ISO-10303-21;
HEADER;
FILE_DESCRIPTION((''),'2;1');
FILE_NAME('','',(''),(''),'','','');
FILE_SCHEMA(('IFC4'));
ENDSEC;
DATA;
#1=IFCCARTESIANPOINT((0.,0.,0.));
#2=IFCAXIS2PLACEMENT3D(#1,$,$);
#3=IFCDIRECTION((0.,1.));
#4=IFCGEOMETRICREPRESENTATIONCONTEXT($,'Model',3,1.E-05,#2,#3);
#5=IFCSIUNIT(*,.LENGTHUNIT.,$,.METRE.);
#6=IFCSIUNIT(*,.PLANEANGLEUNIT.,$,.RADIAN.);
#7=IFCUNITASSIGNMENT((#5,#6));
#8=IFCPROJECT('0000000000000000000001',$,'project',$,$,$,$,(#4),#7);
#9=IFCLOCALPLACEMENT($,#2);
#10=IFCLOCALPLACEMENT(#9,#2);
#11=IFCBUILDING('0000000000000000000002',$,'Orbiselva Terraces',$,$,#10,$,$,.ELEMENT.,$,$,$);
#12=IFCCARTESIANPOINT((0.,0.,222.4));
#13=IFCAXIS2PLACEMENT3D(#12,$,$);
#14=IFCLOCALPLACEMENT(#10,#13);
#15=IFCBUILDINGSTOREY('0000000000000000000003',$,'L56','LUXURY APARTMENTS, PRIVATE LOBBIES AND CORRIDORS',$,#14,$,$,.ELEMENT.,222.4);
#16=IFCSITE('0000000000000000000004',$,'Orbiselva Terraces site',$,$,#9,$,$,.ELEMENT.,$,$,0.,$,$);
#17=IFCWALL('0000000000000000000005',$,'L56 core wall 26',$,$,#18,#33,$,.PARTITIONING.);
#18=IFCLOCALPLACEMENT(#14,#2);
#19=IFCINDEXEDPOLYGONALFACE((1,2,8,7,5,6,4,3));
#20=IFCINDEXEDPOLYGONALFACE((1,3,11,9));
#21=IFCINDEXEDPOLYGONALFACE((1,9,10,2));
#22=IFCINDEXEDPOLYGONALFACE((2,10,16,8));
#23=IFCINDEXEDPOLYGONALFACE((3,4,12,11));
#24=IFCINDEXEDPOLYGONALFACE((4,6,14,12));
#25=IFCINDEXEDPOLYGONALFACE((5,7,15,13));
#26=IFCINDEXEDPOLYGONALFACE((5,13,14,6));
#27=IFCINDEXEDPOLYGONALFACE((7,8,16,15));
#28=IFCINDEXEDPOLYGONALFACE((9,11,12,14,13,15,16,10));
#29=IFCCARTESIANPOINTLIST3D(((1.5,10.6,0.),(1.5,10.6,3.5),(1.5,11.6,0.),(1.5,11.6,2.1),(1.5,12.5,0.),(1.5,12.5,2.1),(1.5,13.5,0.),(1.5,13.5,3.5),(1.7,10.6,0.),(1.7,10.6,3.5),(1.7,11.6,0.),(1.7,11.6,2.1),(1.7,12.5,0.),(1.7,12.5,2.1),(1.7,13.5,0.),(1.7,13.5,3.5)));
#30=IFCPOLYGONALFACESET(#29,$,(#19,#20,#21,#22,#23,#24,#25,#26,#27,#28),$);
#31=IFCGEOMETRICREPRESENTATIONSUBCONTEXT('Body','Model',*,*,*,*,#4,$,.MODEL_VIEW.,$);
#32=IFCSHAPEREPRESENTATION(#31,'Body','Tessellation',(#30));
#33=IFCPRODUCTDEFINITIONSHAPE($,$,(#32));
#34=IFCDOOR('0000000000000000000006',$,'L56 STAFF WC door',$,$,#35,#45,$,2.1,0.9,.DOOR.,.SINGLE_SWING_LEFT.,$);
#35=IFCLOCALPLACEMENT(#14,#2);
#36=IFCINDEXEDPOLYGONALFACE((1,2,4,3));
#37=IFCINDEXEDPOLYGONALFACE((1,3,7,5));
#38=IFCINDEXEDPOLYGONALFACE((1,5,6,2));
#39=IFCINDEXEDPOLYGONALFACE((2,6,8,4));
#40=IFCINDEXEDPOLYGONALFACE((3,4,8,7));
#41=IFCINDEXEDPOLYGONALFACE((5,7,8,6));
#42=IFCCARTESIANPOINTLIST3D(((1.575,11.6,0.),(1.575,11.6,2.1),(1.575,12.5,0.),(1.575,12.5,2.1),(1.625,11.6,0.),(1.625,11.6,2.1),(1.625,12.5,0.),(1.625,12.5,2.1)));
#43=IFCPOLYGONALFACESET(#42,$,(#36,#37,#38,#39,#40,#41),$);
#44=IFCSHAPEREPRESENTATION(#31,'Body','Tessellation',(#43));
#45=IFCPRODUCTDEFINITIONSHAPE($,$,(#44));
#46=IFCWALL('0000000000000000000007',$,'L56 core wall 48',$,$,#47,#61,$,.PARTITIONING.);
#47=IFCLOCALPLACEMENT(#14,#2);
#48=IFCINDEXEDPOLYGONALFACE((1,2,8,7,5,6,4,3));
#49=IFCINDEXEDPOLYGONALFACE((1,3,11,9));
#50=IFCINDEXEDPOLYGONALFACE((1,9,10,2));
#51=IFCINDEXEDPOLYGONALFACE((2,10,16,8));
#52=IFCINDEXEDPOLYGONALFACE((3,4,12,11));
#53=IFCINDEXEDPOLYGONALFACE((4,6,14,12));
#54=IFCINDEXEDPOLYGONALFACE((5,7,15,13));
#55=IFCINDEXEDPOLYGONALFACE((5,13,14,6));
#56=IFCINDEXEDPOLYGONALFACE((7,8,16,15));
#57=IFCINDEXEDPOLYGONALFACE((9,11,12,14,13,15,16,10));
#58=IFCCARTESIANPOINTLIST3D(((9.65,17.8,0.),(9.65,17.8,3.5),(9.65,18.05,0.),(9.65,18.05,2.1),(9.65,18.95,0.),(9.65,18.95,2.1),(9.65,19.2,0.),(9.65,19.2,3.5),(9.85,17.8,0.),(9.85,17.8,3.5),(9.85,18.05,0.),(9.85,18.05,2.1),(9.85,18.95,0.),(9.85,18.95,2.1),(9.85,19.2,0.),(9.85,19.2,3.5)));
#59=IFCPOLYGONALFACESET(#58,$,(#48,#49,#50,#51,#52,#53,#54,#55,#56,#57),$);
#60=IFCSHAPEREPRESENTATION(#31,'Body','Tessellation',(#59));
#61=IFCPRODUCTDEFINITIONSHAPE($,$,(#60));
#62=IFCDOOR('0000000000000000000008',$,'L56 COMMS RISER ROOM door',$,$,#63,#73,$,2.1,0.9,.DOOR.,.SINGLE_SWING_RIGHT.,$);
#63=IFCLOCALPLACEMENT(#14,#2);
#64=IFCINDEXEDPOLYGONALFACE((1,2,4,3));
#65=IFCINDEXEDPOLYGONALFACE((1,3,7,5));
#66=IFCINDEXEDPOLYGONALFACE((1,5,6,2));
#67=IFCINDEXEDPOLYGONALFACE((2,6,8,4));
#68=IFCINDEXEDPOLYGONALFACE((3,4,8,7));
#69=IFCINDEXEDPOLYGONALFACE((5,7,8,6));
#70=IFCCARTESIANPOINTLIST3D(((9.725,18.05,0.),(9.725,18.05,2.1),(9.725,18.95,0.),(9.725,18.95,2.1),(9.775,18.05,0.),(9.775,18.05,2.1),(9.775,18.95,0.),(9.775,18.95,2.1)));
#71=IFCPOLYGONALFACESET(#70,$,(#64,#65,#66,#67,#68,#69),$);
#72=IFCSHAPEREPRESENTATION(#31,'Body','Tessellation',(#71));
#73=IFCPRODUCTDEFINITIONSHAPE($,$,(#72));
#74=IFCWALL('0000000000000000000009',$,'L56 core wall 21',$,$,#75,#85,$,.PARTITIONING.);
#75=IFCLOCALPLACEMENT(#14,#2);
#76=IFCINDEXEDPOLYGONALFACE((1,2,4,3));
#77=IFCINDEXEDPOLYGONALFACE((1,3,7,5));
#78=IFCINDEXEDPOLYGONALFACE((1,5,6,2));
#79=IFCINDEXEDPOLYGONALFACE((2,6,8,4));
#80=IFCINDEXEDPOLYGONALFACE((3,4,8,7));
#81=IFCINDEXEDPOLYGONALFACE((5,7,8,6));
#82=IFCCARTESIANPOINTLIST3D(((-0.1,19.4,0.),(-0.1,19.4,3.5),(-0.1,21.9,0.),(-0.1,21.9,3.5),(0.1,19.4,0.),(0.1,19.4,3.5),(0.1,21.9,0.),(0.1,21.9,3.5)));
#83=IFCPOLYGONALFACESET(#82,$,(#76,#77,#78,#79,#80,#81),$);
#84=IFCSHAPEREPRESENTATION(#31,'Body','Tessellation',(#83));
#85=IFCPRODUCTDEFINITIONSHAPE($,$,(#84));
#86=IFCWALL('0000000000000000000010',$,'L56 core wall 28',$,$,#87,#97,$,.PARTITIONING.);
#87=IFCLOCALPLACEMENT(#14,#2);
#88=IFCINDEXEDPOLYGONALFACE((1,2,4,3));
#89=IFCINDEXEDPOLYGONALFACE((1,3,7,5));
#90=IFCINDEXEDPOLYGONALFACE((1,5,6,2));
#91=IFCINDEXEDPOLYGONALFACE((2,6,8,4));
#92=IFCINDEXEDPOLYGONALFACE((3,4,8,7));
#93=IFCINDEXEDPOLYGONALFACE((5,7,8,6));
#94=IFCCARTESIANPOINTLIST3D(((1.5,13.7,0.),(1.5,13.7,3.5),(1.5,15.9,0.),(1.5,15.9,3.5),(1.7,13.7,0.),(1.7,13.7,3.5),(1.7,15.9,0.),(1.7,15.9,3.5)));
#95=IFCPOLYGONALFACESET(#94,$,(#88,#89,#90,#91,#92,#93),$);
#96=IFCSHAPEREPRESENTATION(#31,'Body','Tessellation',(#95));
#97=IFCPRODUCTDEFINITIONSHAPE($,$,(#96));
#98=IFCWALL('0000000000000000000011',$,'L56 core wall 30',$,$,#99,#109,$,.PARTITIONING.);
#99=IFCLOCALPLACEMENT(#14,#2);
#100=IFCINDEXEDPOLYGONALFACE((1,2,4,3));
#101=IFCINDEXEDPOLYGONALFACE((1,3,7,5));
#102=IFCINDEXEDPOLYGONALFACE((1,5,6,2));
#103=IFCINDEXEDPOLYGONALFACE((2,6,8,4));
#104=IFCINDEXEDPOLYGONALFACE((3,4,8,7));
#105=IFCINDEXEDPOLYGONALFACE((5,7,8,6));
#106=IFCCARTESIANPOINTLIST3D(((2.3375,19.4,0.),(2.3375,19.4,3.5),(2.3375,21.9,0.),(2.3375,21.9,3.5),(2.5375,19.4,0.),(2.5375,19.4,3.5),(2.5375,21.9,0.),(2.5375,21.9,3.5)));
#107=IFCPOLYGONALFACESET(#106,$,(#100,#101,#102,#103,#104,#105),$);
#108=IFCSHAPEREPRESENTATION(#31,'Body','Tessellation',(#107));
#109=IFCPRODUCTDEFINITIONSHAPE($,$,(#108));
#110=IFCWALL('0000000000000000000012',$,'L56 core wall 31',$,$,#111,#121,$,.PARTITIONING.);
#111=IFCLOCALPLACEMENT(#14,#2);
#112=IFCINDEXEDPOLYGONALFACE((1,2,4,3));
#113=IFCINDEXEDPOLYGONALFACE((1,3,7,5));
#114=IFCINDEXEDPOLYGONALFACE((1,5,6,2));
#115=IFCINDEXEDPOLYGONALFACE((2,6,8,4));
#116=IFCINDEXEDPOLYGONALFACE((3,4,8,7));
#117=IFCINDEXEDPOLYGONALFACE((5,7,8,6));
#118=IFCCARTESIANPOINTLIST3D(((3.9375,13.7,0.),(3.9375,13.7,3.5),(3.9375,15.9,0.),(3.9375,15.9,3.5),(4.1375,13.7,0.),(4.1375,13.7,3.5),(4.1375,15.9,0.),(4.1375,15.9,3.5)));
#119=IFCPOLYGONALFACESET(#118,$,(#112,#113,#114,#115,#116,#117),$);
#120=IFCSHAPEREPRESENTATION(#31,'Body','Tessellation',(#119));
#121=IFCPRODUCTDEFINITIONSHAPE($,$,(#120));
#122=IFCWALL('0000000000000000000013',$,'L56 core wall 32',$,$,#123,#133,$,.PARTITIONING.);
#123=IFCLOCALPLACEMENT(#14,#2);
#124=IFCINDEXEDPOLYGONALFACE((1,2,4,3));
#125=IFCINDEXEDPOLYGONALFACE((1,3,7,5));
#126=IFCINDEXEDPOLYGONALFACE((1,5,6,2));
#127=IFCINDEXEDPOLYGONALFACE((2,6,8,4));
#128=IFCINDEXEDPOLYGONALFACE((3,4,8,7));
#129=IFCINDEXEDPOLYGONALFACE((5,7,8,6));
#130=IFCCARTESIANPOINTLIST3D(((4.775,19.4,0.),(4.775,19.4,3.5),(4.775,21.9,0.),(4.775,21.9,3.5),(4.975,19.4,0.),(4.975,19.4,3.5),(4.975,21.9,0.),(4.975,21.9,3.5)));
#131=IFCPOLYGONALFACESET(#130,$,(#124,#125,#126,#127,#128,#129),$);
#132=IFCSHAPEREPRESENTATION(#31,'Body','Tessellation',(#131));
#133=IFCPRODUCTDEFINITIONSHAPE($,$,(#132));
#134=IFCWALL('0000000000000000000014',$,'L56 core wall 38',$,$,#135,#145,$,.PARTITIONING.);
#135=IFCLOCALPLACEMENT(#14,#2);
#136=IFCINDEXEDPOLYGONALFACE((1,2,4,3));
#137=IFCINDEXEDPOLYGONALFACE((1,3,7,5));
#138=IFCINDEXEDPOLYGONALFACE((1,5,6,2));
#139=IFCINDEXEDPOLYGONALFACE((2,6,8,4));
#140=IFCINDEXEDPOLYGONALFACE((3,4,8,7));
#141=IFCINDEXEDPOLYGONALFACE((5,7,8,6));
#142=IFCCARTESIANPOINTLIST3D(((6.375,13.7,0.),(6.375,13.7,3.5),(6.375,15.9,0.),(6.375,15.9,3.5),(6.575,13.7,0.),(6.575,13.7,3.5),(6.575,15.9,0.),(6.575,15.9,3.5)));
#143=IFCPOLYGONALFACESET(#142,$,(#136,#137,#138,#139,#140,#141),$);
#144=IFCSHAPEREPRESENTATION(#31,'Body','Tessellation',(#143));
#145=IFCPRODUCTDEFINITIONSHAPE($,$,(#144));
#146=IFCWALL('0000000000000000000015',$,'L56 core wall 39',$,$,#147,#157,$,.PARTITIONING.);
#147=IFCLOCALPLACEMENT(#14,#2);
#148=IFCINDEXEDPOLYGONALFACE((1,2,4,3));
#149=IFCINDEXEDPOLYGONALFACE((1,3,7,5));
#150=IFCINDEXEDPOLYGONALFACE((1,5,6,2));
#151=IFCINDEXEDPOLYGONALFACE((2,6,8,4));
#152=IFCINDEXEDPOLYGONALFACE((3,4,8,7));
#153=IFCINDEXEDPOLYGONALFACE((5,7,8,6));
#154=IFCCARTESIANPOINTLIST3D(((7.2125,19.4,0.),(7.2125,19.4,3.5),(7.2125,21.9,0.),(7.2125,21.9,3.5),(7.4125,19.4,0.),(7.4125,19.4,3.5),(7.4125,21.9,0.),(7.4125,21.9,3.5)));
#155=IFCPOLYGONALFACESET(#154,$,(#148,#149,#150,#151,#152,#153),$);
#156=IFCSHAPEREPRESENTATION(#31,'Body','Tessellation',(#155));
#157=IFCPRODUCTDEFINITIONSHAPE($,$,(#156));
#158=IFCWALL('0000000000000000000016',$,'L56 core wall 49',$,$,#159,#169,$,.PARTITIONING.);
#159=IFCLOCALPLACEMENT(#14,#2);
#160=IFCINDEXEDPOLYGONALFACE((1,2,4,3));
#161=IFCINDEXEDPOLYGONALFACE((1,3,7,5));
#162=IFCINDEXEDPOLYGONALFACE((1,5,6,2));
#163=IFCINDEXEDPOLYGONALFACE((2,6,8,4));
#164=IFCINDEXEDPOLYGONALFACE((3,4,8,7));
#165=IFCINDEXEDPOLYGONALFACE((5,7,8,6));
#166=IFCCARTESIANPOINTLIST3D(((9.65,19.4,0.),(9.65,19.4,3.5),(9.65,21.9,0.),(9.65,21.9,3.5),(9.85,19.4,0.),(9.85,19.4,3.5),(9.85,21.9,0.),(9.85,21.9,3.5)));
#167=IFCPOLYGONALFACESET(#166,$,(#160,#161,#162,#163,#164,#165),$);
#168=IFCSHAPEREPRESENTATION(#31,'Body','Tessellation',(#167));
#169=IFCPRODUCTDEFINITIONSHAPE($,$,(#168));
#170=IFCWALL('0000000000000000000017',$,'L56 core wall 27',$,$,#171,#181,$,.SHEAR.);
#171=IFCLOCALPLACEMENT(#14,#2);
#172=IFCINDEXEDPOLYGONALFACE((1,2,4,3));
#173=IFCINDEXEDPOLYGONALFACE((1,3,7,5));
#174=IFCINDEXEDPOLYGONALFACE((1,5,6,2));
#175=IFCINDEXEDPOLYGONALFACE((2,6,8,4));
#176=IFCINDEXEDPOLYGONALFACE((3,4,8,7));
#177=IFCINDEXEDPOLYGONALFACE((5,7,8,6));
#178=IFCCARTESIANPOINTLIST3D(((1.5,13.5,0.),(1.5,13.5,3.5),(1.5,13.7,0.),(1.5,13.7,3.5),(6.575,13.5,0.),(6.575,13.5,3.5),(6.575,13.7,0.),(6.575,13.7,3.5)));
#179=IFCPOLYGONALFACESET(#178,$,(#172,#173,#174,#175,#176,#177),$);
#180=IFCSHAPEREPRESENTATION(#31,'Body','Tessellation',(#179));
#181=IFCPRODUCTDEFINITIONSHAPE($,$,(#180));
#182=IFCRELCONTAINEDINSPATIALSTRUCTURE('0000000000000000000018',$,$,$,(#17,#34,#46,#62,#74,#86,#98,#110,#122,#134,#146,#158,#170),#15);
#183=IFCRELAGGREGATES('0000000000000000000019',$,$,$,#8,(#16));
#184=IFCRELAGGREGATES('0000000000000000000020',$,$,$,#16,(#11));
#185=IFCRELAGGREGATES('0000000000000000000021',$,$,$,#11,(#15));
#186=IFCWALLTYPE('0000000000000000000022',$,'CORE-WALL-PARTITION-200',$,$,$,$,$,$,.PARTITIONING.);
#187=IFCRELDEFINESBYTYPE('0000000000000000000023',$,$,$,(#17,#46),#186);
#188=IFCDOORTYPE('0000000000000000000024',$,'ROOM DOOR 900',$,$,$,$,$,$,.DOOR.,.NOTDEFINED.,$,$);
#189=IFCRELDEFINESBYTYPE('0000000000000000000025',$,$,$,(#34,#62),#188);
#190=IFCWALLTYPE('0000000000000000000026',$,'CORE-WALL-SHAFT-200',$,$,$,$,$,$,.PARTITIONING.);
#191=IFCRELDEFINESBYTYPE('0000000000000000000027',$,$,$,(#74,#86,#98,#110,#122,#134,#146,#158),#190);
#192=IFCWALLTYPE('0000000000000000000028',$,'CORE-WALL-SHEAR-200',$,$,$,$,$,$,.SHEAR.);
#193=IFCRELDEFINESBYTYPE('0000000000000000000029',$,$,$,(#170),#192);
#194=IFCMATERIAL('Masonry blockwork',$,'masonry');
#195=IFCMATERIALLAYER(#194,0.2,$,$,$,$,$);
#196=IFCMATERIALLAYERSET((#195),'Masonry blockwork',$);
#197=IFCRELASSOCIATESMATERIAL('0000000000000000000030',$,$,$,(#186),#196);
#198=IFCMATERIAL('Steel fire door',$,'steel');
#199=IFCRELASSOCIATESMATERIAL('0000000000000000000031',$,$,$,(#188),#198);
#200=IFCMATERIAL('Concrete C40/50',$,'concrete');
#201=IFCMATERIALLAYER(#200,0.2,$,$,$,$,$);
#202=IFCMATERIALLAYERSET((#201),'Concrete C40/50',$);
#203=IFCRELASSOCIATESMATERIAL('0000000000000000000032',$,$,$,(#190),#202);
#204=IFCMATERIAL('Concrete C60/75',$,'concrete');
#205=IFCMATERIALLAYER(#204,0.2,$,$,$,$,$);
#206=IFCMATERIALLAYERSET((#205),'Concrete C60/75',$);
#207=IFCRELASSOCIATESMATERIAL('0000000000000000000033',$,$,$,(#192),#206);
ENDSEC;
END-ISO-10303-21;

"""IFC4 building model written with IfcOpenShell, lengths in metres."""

from ifc_helpers import new_model, si_unit, direction, frame, frame_2d, origin, place, context, subcontext, project, spatial, rectangle, extrude, material, layer, layer_set, type_object, element, fill, save


model = new_model("IFC4")

# Units and contexts
model_context = context("Model", 3, precision=1e-05, world=origin(), true_north=direction((0.0, 1.0)))
body_context = subcontext(model_context, "Body", "Model", "MODEL_VIEW")
ifc_project = project(units=[si_unit("LENGTHUNIT", "METRE"), si_unit("PLANEANGLEUNIT", "RADIAN")], contexts=[model_context])

# Site, building, storey
site_placement = place(None, origin())
site = spatial("IfcSite", under=ifc_project, at=site_placement, Name="Orbiselva Terraces site", CompositionType="ELEMENT", RefElevation=0.0)
building_placement = place(site_placement, origin())
building = spatial("IfcBuilding", under=site, at=building_placement, Name="Orbiselva Terraces", CompositionType="ELEMENT")
storey_placement = place(building_placement, frame((0.0, 0.0, 222.4)))
storey = spatial("IfcBuildingStorey", under=building, at=storey_placement, Name="L56", Description="LUXURY APARTMENTS, PRIVATE LOBBIES AND CORRIDORS", CompositionType="ELEMENT", Elevation=222.4)

# Walls, openings, doors
ifc_material_1 = material(Name="Masonry blockwork", Category="masonry")
ifc_layer_1 = layer(ifc_material_1, 0.2)
ifc_layer_set_1 = layer_set([ifc_layer_1], Name="Masonry blockwork")
wall_type_1 = type_object("IfcWallType", Name="CORE-WALL-PARTITION-200", PredefinedType="PARTITIONING", material=ifc_layer_set_1)
wall_1_placement = place(storey_placement, frame((1.6, 13.5, 0.0), z_axis=(0.0, 0.0, 1.0), x_axis=(0.0, -1.0, 0.0)))
wall_1 = element("IfcWall", 1, at=wall_1_placement, inside=storey, type_object=wall_type_1, Name="L56 core wall 26", PredefinedType="PARTITIONING", context=body_context, shape_type="SweptSolid", body=[
    extrude(rectangle(XDim=2.9, YDim=0.2, at=frame_2d((1.45, 0.0))), origin(), (0.0, 0.0, 1.0), 3.5),
])
opening_1_placement = place(wall_1_placement, frame((1.0, 0.0, 0.0)))
opening_1 = element("IfcOpeningElement", 2, at=opening_1_placement, cuts=wall_1, PredefinedType="OPENING", context=body_context, shape_type="SweptSolid", body=[
    extrude(rectangle(XDim=0.9, YDim=2.1, at=frame_2d((0.45, 1.05))), frame((0.0, 0.11, 0.0), z_axis=(0.0, -1.0, 0.0), x_axis=(1.0, 0.0, 0.0)), (0.0, 0.0, 1.0), 0.22),
])
ifc_material_2 = material(Name="Steel fire door", Category="steel")
door_type_1 = type_object("IfcDoorType", Name="ROOM DOOR 900", OperationType="NOTDEFINED", PredefinedType="DOOR", material=ifc_material_2)
door_1_placement = place(opening_1_placement, origin())
door_1 = element("IfcDoor", 3, at=door_1_placement, inside=storey, type_object=door_type_1, Name="L56 STAFF WC door", OperationType="SINGLE_SWING_LEFT", OverallHeight=2.1, OverallWidth=0.9, PredefinedType="DOOR", context=body_context, shape_type="SweptSolid", body=[
    extrude(rectangle(XDim=0.9, YDim=2.1, at=frame_2d((0.45, 1.05))), frame((0.0, 0.025, 0.0), z_axis=(0.0, -1.0, 0.0), x_axis=(1.0, 0.0, 0.0)), (0.0, 0.0, 1.0), 0.05),
])
fill(opening_1, door_1)
wall_2_placement = place(storey_placement, frame((9.75, 19.2, 0.0), z_axis=(0.0, 0.0, 1.0), x_axis=(0.0, -1.0, 0.0)))
wall_2 = element("IfcWall", 4, at=wall_2_placement, inside=storey, type_object=wall_type_1, Name="L56 core wall 48", PredefinedType="PARTITIONING", context=body_context, shape_type="SweptSolid", body=[
    extrude(rectangle(XDim=1.4, YDim=0.2, at=frame_2d((0.7, 0.0))), origin(), (0.0, 0.0, 1.0), 3.5),
])
opening_2_placement = place(wall_2_placement, frame((0.25, 0.0, 0.0)))
opening_2 = element("IfcOpeningElement", 5, at=opening_2_placement, cuts=wall_2, PredefinedType="OPENING", context=body_context, shape_type="SweptSolid", body=[
    extrude(rectangle(XDim=0.9, YDim=2.1, at=frame_2d((0.45, 1.05))), frame((0.0, 0.11, 0.0), z_axis=(0.0, -1.0, 0.0), x_axis=(1.0, 0.0, 0.0)), (0.0, 0.0, 1.0), 0.22),
])
door_2_placement = place(opening_2_placement, origin())
door_2 = element("IfcDoor", 6, at=door_2_placement, inside=storey, type_object=door_type_1, Name="L56 COMMS RISER ROOM door", OperationType="SINGLE_SWING_RIGHT", OverallHeight=2.1, OverallWidth=0.9, PredefinedType="DOOR", context=body_context, shape_type="SweptSolid", body=[
    extrude(rectangle(XDim=0.9, YDim=2.1, at=frame_2d((0.45, 1.05))), frame((0.0, 0.025, 0.0), z_axis=(0.0, -1.0, 0.0), x_axis=(1.0, 0.0, 0.0)), (0.0, 0.0, 1.0), 0.05),
])
fill(opening_2, door_2)

# Walls
ifc_material_3 = material(Name="Concrete C40/50", Category="concrete")
ifc_layer_2 = layer(ifc_material_3, 0.2)
ifc_layer_set_2 = layer_set([ifc_layer_2], Name="Concrete C40/50")
wall_type_2 = type_object("IfcWallType", Name="CORE-WALL-SHAFT-200", PredefinedType="PARTITIONING", material=ifc_layer_set_2)
wall_3_placement = place(storey_placement, frame((0.0, 19.4, 0.0), z_axis=(0.0, 0.0, 1.0), x_axis=(0.0, 1.0, 0.0)))
element("IfcWall", 7, at=wall_3_placement, inside=storey, type_object=wall_type_2, Name="L56 core wall 21", PredefinedType="PARTITIONING", context=body_context, shape_type="SweptSolid", body=[
    extrude(rectangle(XDim=2.5, YDim=0.2, at=frame_2d((1.25, 0.0))), origin(), (0.0, 0.0, 1.0), 3.5),
])
wall_4_placement = place(storey_placement, frame((1.6, 13.7, 0.0), z_axis=(0.0, 0.0, 1.0), x_axis=(0.0, 1.0, 0.0)))
element("IfcWall", 8, at=wall_4_placement, inside=storey, type_object=wall_type_2, Name="L56 core wall 28", PredefinedType="PARTITIONING", context=body_context, shape_type="SweptSolid", body=[
    extrude(rectangle(XDim=2.2, YDim=0.2, at=frame_2d((1.1, 0.0))), origin(), (0.0, 0.0, 1.0), 3.5),
])
wall_5_placement = place(storey_placement, frame((2.4375, 19.4, 0.0), z_axis=(0.0, 0.0, 1.0), x_axis=(0.0, 1.0, 0.0)))
element("IfcWall", 9, at=wall_5_placement, inside=storey, type_object=wall_type_2, Name="L56 core wall 30", PredefinedType="PARTITIONING", context=body_context, shape_type="SweptSolid", body=[
    extrude(rectangle(XDim=2.5, YDim=0.2, at=frame_2d((1.25, 0.0))), origin(), (0.0, 0.0, 1.0), 3.5),
])
wall_6_placement = place(storey_placement, frame((4.0375, 13.7, 0.0), z_axis=(0.0, 0.0, 1.0), x_axis=(0.0, 1.0, 0.0)))
element("IfcWall", 10, at=wall_6_placement, inside=storey, type_object=wall_type_2, Name="L56 core wall 31", PredefinedType="PARTITIONING", context=body_context, shape_type="SweptSolid", body=[
    extrude(rectangle(XDim=2.2, YDim=0.2, at=frame_2d((1.1, 0.0))), origin(), (0.0, 0.0, 1.0), 3.5),
])
wall_7_placement = place(storey_placement, frame((4.875, 19.4, 0.0), z_axis=(0.0, 0.0, 1.0), x_axis=(0.0, 1.0, 0.0)))
element("IfcWall", 11, at=wall_7_placement, inside=storey, type_object=wall_type_2, Name="L56 core wall 32", PredefinedType="PARTITIONING", context=body_context, shape_type="SweptSolid", body=[
    extrude(rectangle(XDim=2.5, YDim=0.2, at=frame_2d((1.25, 0.0))), origin(), (0.0, 0.0, 1.0), 3.5),
])
wall_8_placement = place(storey_placement, frame((6.475, 13.7, 0.0), z_axis=(0.0, 0.0, 1.0), x_axis=(0.0, 1.0, 0.0)))
element("IfcWall", 12, at=wall_8_placement, inside=storey, type_object=wall_type_2, Name="L56 core wall 38", PredefinedType="PARTITIONING", context=body_context, shape_type="SweptSolid", body=[
    extrude(rectangle(XDim=2.2, YDim=0.2, at=frame_2d((1.1, 0.0))), origin(), (0.0, 0.0, 1.0), 3.5),
])
for number, where, z_axis, x_axis, name in (
    (13, (7.3125, 19.4, 0.0), (0.0, 0.0, 1.0), (0.0, 1.0, 0.0), "L56 core wall 39"),
    (14, (9.75, 19.4, 0.0), (0.0, 0.0, 1.0), (0.0, 1.0, 0.0), "L56 core wall 49"),
):
    element("IfcWall", number, at=place(storey_placement, frame(where, z_axis=z_axis, x_axis=x_axis)), inside=storey, type_object=wall_type_2, Name=name, PredefinedType="PARTITIONING", context=body_context, shape_type="SweptSolid", body=[
        extrude(rectangle(XDim=2.5, YDim=0.2, at=frame_2d((1.25, 0.0))), origin(), (0.0, 0.0, 1.0), 3.5),
    ])
ifc_material_4 = material(Name="Concrete C60/75", Category="concrete")
ifc_layer_3 = layer(ifc_material_4, 0.2)
ifc_layer_set_3 = layer_set([ifc_layer_3], Name="Concrete C60/75")
wall_type_3 = type_object("IfcWallType", Name="CORE-WALL-SHEAR-200", PredefinedType="SHEAR", material=ifc_layer_set_3)
wall_9_placement = place(storey_placement, frame((1.5, 13.6, 0.0), z_axis=(0.0, 0.0, 1.0), x_axis=(1.0, 0.0, 0.0)))
element("IfcWall", 15, at=wall_9_placement, inside=storey, type_object=wall_type_3, Name="L56 core wall 27", PredefinedType="SHEAR", context=body_context, shape_type="SweptSolid", body=[
    extrude(rectangle(XDim=5.075, YDim=0.2, at=frame_2d((2.5375, 0.0))), origin(), (0.0, 0.0, 1.0), 3.5),
])

save(model, "model.ifc")
